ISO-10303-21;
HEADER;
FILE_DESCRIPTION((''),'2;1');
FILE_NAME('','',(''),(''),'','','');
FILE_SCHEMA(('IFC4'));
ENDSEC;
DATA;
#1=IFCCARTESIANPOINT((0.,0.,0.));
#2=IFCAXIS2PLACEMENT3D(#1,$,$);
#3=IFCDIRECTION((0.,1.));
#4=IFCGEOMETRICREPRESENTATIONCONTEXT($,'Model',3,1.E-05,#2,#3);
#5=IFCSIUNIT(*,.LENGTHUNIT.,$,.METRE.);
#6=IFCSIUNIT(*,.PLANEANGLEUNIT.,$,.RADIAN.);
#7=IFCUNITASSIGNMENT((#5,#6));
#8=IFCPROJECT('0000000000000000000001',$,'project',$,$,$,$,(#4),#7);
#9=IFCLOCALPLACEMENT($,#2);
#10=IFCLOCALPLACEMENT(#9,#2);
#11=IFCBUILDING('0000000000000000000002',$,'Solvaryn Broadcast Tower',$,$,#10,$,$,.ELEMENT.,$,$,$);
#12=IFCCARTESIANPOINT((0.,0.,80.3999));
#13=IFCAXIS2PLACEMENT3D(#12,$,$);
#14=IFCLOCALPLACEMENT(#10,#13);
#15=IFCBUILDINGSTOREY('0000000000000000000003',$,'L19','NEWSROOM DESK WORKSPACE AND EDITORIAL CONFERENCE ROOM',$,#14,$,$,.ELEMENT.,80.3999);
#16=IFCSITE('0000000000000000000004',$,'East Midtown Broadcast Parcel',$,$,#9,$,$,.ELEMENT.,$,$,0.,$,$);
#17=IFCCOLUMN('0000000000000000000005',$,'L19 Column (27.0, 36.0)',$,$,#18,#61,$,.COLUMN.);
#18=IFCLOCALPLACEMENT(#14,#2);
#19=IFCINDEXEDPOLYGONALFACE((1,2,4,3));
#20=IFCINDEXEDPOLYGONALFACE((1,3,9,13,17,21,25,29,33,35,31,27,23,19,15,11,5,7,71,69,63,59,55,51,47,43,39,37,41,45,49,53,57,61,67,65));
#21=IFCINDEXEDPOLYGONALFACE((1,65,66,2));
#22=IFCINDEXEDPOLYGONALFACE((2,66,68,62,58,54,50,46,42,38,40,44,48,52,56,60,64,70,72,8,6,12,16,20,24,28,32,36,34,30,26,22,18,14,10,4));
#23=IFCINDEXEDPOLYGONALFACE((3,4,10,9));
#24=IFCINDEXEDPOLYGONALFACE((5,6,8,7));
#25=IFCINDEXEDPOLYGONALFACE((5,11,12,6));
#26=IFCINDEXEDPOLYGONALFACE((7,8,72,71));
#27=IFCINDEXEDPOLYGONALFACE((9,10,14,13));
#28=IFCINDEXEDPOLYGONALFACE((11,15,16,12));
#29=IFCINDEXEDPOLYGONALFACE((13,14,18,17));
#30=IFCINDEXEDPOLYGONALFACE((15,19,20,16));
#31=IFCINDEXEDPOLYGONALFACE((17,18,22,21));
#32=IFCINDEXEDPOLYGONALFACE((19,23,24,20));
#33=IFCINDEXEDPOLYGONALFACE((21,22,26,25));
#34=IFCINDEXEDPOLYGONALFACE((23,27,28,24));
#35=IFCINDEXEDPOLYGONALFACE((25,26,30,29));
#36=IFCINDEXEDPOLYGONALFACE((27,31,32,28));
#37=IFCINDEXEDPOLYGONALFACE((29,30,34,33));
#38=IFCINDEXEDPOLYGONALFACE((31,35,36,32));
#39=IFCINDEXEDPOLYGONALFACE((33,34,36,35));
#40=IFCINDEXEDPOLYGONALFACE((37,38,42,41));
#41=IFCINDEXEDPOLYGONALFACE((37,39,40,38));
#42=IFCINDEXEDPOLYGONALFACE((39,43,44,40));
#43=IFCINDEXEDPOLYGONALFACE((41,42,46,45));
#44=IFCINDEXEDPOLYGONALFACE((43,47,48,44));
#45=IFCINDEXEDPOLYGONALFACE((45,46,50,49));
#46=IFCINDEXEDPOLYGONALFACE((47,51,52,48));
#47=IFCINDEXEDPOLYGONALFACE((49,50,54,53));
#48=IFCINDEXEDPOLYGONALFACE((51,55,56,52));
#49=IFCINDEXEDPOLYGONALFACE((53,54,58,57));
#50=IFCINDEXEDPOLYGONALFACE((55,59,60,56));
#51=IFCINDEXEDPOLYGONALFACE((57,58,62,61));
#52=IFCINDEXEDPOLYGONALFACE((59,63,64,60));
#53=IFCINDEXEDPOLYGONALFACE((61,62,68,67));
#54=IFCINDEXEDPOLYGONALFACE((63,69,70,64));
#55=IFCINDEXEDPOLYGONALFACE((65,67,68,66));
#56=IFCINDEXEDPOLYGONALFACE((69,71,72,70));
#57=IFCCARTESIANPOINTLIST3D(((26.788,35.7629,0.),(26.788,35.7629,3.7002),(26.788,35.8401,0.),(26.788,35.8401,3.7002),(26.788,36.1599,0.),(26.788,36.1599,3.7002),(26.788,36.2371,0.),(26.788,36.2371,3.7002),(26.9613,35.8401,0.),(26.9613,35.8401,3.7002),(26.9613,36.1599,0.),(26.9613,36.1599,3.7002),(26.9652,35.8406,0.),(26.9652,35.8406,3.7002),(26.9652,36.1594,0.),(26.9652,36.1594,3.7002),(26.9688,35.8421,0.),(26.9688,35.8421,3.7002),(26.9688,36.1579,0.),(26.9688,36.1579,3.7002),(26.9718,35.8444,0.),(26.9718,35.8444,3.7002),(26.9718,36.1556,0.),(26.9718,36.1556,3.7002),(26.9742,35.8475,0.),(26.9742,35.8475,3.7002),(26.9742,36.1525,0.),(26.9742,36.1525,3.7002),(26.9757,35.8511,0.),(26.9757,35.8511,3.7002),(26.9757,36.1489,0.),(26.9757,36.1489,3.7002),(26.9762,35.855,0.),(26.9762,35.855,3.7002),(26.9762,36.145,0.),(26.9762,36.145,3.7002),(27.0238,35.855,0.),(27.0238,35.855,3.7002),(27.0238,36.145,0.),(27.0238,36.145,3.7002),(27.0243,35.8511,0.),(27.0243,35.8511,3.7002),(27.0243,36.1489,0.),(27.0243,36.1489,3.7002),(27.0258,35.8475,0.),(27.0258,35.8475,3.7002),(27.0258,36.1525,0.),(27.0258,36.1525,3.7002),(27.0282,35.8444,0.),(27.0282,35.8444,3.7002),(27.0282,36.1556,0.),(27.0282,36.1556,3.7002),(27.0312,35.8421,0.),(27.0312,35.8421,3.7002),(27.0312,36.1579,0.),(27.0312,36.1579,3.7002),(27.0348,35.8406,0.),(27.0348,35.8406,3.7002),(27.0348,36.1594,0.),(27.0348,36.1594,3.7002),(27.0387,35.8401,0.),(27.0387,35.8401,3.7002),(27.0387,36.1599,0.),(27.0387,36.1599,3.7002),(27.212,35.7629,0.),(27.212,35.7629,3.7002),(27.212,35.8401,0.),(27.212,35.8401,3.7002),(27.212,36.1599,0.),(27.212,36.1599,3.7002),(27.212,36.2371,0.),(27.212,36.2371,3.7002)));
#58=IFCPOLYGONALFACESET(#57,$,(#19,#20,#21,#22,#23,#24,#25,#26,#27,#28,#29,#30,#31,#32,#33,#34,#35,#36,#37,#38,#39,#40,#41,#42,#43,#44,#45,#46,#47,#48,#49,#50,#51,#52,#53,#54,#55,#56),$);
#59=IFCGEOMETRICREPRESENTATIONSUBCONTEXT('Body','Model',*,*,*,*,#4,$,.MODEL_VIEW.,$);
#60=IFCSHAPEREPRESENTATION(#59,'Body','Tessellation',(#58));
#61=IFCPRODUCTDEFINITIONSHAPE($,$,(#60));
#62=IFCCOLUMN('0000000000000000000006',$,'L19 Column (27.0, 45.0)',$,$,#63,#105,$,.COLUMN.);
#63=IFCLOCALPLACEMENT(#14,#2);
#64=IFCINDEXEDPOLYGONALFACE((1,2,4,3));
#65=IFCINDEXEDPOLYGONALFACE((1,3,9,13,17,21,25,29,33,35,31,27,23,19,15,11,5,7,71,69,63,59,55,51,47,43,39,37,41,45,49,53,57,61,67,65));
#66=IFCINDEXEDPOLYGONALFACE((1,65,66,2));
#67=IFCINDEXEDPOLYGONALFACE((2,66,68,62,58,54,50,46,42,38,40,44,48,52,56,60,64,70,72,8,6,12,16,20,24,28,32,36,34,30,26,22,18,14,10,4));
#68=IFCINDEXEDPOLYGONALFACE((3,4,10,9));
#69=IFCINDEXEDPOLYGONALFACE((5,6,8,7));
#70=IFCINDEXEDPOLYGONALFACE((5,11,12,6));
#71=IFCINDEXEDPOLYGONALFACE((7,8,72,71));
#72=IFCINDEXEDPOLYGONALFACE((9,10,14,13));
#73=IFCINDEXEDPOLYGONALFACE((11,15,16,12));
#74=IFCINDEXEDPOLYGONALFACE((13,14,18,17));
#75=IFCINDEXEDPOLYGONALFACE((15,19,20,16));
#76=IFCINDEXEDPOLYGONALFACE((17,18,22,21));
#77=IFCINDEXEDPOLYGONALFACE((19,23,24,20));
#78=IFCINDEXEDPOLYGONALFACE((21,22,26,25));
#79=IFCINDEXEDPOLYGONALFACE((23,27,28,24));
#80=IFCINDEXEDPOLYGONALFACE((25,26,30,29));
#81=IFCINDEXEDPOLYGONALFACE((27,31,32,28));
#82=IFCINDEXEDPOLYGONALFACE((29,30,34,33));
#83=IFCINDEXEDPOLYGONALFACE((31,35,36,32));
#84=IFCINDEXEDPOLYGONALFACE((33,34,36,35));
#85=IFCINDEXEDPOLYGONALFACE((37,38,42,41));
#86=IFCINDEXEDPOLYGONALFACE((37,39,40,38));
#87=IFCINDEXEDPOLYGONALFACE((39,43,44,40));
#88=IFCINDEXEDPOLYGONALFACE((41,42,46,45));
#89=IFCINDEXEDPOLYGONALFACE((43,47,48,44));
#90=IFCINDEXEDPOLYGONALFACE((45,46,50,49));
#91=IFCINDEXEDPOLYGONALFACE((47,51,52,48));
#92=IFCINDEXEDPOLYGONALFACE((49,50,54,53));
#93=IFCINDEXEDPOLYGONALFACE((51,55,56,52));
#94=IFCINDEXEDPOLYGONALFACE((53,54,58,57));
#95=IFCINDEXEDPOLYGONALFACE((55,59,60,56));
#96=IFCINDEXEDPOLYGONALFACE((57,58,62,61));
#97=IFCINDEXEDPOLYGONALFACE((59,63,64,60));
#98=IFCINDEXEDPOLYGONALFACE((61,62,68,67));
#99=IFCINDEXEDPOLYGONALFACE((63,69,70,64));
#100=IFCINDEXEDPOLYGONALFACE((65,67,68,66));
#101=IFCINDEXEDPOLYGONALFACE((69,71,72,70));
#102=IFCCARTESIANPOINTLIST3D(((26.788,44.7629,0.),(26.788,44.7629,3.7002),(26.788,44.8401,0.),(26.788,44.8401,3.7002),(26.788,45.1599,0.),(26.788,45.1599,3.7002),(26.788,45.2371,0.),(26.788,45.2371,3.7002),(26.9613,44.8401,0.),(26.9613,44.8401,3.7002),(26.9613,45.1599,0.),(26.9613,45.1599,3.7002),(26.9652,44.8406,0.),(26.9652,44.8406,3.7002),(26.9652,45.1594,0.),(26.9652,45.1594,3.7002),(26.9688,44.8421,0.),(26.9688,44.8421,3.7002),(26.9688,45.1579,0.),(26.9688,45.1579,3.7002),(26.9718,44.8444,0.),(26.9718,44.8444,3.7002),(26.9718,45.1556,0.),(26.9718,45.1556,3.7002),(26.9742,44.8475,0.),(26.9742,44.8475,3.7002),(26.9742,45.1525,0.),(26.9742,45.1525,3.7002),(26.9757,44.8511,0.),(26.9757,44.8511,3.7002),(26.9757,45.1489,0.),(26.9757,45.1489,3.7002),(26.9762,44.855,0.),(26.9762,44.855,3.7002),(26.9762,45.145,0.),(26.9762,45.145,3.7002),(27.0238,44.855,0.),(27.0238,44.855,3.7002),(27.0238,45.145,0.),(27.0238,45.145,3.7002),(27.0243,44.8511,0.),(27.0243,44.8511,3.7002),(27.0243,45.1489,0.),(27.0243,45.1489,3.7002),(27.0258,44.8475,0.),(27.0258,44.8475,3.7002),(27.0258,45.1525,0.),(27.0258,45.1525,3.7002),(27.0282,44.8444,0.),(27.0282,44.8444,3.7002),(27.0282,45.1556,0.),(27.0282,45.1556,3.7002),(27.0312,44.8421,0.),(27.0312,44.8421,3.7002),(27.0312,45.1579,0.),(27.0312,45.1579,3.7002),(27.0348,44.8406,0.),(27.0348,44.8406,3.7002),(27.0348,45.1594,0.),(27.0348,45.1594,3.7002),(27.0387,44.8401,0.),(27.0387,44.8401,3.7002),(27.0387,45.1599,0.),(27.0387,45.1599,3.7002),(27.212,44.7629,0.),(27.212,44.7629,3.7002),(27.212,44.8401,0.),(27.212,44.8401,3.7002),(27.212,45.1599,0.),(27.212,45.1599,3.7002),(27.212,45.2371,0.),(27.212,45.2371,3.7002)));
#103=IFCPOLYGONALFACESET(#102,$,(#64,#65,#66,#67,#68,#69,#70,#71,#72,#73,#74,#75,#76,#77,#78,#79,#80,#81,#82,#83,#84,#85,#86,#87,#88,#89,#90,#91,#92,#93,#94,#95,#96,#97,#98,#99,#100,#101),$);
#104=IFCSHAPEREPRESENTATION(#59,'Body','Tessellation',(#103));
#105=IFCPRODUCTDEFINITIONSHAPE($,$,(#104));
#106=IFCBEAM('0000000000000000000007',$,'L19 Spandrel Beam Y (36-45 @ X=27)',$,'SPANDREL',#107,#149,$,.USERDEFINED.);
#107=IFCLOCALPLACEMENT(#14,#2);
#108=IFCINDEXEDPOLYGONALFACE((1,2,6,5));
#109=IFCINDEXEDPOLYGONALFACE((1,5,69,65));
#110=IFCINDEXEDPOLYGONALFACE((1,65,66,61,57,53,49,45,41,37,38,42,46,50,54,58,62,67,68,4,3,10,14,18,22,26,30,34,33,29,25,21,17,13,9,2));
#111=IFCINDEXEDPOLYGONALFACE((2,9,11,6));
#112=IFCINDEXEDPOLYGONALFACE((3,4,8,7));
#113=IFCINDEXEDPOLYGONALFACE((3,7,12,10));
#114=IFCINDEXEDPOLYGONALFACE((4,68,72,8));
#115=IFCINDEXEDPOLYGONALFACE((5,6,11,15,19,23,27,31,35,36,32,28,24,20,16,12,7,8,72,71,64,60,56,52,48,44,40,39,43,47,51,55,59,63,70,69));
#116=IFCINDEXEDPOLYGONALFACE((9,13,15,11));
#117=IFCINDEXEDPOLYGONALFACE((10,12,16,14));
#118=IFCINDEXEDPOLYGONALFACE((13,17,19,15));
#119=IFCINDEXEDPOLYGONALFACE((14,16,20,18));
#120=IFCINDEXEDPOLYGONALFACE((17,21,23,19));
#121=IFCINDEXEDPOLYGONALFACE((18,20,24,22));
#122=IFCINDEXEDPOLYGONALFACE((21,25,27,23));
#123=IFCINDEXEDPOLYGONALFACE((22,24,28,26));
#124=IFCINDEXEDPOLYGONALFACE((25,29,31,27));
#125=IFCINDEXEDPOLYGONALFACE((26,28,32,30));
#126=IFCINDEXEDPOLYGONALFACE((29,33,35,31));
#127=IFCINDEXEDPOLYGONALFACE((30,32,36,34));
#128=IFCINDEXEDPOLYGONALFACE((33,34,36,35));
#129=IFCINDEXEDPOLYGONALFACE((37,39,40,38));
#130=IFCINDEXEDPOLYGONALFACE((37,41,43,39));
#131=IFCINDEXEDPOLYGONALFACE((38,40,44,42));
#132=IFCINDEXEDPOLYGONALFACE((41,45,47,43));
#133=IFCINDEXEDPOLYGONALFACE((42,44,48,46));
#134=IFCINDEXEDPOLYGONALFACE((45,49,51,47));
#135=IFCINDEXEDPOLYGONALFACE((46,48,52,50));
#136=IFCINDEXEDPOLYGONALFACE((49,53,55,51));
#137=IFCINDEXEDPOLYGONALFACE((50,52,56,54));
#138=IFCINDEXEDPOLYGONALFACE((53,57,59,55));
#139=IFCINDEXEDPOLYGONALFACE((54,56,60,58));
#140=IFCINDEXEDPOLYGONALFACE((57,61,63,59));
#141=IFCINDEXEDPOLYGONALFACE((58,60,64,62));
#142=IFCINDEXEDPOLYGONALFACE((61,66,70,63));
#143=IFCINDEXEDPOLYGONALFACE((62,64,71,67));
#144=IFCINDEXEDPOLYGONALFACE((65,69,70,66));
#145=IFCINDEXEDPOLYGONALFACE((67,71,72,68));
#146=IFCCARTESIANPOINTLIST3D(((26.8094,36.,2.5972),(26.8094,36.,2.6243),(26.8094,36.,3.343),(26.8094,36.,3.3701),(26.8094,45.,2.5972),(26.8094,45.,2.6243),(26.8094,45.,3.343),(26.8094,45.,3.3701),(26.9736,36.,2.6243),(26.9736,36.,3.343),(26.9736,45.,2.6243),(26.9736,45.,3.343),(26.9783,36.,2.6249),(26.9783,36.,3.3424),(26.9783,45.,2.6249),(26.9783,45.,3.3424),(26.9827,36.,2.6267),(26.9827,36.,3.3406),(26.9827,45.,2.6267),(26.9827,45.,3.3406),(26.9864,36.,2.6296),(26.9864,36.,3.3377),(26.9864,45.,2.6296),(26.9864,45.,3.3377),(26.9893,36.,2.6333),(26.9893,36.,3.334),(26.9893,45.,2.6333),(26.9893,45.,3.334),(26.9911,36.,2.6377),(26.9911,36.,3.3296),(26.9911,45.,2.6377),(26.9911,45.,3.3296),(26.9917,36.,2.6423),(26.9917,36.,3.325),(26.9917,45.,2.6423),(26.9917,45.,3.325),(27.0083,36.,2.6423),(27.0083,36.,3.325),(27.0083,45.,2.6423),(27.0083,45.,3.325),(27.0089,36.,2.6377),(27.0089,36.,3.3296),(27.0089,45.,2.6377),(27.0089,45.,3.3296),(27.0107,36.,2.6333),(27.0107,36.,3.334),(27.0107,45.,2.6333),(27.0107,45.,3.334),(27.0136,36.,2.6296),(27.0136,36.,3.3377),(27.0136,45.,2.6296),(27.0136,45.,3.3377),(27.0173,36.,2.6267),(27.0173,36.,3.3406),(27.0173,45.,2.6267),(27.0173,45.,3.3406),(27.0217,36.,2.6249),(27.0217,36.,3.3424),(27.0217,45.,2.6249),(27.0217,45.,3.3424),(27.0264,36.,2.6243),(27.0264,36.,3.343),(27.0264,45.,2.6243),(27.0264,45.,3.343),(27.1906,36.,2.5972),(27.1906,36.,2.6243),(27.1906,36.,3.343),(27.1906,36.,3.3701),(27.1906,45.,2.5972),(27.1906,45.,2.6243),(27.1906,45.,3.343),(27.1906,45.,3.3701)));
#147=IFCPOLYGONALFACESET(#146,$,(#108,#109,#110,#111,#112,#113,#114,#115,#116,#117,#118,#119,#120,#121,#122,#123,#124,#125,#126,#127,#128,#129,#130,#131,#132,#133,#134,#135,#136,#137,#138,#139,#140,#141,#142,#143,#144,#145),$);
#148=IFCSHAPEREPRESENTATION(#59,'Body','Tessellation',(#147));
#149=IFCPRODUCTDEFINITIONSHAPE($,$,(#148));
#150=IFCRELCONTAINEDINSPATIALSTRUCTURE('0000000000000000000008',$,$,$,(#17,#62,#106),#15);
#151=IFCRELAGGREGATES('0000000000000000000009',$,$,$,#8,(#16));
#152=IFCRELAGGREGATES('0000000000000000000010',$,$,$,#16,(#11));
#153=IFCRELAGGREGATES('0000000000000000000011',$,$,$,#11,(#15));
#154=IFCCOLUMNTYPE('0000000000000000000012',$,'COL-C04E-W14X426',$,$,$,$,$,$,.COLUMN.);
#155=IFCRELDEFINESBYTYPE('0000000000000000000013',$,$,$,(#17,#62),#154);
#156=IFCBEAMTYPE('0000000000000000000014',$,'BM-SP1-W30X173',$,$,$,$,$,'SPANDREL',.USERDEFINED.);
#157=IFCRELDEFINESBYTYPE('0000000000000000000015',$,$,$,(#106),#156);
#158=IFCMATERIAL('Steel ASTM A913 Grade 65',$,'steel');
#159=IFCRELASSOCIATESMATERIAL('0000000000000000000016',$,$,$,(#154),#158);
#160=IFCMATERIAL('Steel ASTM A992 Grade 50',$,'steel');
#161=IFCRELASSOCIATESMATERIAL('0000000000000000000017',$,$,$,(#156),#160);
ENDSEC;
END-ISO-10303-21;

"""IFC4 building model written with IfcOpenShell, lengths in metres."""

from ifc_helpers import new_model, si_unit, direction, frame, origin, origin_2d, place, context, subcontext, project, spatial, i_section, extrude, material, material_profile, profile_set, type_object, element, save


model = new_model("IFC4")

# Units and contexts
model_context = context("Model", 3, precision=1e-05, world=origin(), true_north=direction((0.0, 1.0)))
body_context = subcontext(model_context, "Body", "Model", "MODEL_VIEW")
ifc_project = project(units=[si_unit("LENGTHUNIT", "METRE"), si_unit("PLANEANGLEUNIT", "RADIAN")], contexts=[model_context])

# Site, building, storey
site_placement = place(None, origin())
site = spatial("IfcSite", under=ifc_project, at=site_placement, Name="East Midtown Broadcast Parcel", CompositionType="ELEMENT", RefElevation=0.0)
building_placement = place(site_placement, origin())
building = spatial("IfcBuilding", under=site, at=building_placement, Name="Solvaryn Broadcast Tower", CompositionType="ELEMENT")
storey_placement = place(building_placement, frame((0.0, 0.0, 80.3999)))
storey = spatial("IfcBuildingStorey", under=building, at=storey_placement, Name="L19", Description="NEWSROOM DESK WORKSPACE AND EDITORIAL CONFERENCE ROOM", CompositionType="ELEMENT", Elevation=80.3999)

# Columns
ifc_material_1 = material(Name="Steel ASTM A913 Grade 65", Category="steel")
ifc_material_profile_1 = material_profile(ifc_material_1, i_section(OverallWidth=0.4241, OverallDepth=0.4741, WebThickness=0.0476, FlangeThickness=0.0771, FilletRadius=0.0149, at=origin_2d()))
ifc_profile_set_1 = profile_set([ifc_material_profile_1], Name="Steel ASTM A913 Grade 65")
column_type = type_object("IfcColumnType", Name="COL-C04E-W14X426", PredefinedType="COLUMN", material=ifc_profile_set_1)
for number, where, z_axis, x_axis, name in (
    (1, (27.0, 36.0, 0.0), (0.0, 0.0, 1.0), (1.0, 0.0, 0.0), "L19 Column (27.0, 36.0)"),
    (2, (27.0, 45.0, 0.0), (0.0, 0.0, 1.0), (1.0, 0.0, 0.0), "L19 Column (27.0, 45.0)"),
):
    element("IfcColumn", number, at=place(storey_placement, frame(where, z_axis=z_axis, x_axis=x_axis)), inside=storey, type_object=column_type, Name=name, PredefinedType="COLUMN", context=body_context, shape_type="SweptSolid", body=[
        extrude(i_section(OverallWidth=0.4241, OverallDepth=0.4741, WebThickness=0.0476, FlangeThickness=0.0771, FilletRadius=0.0149, at=origin_2d()), origin(), (0.0, 0.0, 1.0), 3.7002),
    ])

# Beam
ifc_material_2 = material(Name="Steel ASTM A992 Grade 50", Category="steel")
ifc_material_profile_2 = material_profile(ifc_material_2, i_section(OverallWidth=0.3811, OverallDepth=0.7729, WebThickness=0.0166, FlangeThickness=0.0271, FilletRadius=0.0181, at=origin_2d()))
ifc_profile_set_2 = profile_set([ifc_material_profile_2], Name="Steel ASTM A992 Grade 50")
beam_type = type_object("IfcBeamType", Name="BM-SP1-W30X173", ElementType="SPANDREL", PredefinedType="USERDEFINED", material=ifc_profile_set_2)
beam_placement = place(storey_placement, frame((27.0, 36.0, 2.9836), z_axis=(0.0, 1.0, 0.0), x_axis=(-1.0, 0.0, 0.0)))
element("IfcBeam", 3, at=beam_placement, inside=storey, type_object=beam_type, Name="L19 Spandrel Beam Y (36-45 @ X=27)", ObjectType="SPANDREL", PredefinedType="USERDEFINED", context=body_context, shape_type="SweptSolid", body=[
    extrude(i_section(OverallWidth=0.3811, OverallDepth=0.7729, WebThickness=0.0166, FlangeThickness=0.0271, FilletRadius=0.0181, at=origin_2d()), origin(), (0.0, 0.0, 1.0), 9.0),
])

save(model, "model.ifc")
